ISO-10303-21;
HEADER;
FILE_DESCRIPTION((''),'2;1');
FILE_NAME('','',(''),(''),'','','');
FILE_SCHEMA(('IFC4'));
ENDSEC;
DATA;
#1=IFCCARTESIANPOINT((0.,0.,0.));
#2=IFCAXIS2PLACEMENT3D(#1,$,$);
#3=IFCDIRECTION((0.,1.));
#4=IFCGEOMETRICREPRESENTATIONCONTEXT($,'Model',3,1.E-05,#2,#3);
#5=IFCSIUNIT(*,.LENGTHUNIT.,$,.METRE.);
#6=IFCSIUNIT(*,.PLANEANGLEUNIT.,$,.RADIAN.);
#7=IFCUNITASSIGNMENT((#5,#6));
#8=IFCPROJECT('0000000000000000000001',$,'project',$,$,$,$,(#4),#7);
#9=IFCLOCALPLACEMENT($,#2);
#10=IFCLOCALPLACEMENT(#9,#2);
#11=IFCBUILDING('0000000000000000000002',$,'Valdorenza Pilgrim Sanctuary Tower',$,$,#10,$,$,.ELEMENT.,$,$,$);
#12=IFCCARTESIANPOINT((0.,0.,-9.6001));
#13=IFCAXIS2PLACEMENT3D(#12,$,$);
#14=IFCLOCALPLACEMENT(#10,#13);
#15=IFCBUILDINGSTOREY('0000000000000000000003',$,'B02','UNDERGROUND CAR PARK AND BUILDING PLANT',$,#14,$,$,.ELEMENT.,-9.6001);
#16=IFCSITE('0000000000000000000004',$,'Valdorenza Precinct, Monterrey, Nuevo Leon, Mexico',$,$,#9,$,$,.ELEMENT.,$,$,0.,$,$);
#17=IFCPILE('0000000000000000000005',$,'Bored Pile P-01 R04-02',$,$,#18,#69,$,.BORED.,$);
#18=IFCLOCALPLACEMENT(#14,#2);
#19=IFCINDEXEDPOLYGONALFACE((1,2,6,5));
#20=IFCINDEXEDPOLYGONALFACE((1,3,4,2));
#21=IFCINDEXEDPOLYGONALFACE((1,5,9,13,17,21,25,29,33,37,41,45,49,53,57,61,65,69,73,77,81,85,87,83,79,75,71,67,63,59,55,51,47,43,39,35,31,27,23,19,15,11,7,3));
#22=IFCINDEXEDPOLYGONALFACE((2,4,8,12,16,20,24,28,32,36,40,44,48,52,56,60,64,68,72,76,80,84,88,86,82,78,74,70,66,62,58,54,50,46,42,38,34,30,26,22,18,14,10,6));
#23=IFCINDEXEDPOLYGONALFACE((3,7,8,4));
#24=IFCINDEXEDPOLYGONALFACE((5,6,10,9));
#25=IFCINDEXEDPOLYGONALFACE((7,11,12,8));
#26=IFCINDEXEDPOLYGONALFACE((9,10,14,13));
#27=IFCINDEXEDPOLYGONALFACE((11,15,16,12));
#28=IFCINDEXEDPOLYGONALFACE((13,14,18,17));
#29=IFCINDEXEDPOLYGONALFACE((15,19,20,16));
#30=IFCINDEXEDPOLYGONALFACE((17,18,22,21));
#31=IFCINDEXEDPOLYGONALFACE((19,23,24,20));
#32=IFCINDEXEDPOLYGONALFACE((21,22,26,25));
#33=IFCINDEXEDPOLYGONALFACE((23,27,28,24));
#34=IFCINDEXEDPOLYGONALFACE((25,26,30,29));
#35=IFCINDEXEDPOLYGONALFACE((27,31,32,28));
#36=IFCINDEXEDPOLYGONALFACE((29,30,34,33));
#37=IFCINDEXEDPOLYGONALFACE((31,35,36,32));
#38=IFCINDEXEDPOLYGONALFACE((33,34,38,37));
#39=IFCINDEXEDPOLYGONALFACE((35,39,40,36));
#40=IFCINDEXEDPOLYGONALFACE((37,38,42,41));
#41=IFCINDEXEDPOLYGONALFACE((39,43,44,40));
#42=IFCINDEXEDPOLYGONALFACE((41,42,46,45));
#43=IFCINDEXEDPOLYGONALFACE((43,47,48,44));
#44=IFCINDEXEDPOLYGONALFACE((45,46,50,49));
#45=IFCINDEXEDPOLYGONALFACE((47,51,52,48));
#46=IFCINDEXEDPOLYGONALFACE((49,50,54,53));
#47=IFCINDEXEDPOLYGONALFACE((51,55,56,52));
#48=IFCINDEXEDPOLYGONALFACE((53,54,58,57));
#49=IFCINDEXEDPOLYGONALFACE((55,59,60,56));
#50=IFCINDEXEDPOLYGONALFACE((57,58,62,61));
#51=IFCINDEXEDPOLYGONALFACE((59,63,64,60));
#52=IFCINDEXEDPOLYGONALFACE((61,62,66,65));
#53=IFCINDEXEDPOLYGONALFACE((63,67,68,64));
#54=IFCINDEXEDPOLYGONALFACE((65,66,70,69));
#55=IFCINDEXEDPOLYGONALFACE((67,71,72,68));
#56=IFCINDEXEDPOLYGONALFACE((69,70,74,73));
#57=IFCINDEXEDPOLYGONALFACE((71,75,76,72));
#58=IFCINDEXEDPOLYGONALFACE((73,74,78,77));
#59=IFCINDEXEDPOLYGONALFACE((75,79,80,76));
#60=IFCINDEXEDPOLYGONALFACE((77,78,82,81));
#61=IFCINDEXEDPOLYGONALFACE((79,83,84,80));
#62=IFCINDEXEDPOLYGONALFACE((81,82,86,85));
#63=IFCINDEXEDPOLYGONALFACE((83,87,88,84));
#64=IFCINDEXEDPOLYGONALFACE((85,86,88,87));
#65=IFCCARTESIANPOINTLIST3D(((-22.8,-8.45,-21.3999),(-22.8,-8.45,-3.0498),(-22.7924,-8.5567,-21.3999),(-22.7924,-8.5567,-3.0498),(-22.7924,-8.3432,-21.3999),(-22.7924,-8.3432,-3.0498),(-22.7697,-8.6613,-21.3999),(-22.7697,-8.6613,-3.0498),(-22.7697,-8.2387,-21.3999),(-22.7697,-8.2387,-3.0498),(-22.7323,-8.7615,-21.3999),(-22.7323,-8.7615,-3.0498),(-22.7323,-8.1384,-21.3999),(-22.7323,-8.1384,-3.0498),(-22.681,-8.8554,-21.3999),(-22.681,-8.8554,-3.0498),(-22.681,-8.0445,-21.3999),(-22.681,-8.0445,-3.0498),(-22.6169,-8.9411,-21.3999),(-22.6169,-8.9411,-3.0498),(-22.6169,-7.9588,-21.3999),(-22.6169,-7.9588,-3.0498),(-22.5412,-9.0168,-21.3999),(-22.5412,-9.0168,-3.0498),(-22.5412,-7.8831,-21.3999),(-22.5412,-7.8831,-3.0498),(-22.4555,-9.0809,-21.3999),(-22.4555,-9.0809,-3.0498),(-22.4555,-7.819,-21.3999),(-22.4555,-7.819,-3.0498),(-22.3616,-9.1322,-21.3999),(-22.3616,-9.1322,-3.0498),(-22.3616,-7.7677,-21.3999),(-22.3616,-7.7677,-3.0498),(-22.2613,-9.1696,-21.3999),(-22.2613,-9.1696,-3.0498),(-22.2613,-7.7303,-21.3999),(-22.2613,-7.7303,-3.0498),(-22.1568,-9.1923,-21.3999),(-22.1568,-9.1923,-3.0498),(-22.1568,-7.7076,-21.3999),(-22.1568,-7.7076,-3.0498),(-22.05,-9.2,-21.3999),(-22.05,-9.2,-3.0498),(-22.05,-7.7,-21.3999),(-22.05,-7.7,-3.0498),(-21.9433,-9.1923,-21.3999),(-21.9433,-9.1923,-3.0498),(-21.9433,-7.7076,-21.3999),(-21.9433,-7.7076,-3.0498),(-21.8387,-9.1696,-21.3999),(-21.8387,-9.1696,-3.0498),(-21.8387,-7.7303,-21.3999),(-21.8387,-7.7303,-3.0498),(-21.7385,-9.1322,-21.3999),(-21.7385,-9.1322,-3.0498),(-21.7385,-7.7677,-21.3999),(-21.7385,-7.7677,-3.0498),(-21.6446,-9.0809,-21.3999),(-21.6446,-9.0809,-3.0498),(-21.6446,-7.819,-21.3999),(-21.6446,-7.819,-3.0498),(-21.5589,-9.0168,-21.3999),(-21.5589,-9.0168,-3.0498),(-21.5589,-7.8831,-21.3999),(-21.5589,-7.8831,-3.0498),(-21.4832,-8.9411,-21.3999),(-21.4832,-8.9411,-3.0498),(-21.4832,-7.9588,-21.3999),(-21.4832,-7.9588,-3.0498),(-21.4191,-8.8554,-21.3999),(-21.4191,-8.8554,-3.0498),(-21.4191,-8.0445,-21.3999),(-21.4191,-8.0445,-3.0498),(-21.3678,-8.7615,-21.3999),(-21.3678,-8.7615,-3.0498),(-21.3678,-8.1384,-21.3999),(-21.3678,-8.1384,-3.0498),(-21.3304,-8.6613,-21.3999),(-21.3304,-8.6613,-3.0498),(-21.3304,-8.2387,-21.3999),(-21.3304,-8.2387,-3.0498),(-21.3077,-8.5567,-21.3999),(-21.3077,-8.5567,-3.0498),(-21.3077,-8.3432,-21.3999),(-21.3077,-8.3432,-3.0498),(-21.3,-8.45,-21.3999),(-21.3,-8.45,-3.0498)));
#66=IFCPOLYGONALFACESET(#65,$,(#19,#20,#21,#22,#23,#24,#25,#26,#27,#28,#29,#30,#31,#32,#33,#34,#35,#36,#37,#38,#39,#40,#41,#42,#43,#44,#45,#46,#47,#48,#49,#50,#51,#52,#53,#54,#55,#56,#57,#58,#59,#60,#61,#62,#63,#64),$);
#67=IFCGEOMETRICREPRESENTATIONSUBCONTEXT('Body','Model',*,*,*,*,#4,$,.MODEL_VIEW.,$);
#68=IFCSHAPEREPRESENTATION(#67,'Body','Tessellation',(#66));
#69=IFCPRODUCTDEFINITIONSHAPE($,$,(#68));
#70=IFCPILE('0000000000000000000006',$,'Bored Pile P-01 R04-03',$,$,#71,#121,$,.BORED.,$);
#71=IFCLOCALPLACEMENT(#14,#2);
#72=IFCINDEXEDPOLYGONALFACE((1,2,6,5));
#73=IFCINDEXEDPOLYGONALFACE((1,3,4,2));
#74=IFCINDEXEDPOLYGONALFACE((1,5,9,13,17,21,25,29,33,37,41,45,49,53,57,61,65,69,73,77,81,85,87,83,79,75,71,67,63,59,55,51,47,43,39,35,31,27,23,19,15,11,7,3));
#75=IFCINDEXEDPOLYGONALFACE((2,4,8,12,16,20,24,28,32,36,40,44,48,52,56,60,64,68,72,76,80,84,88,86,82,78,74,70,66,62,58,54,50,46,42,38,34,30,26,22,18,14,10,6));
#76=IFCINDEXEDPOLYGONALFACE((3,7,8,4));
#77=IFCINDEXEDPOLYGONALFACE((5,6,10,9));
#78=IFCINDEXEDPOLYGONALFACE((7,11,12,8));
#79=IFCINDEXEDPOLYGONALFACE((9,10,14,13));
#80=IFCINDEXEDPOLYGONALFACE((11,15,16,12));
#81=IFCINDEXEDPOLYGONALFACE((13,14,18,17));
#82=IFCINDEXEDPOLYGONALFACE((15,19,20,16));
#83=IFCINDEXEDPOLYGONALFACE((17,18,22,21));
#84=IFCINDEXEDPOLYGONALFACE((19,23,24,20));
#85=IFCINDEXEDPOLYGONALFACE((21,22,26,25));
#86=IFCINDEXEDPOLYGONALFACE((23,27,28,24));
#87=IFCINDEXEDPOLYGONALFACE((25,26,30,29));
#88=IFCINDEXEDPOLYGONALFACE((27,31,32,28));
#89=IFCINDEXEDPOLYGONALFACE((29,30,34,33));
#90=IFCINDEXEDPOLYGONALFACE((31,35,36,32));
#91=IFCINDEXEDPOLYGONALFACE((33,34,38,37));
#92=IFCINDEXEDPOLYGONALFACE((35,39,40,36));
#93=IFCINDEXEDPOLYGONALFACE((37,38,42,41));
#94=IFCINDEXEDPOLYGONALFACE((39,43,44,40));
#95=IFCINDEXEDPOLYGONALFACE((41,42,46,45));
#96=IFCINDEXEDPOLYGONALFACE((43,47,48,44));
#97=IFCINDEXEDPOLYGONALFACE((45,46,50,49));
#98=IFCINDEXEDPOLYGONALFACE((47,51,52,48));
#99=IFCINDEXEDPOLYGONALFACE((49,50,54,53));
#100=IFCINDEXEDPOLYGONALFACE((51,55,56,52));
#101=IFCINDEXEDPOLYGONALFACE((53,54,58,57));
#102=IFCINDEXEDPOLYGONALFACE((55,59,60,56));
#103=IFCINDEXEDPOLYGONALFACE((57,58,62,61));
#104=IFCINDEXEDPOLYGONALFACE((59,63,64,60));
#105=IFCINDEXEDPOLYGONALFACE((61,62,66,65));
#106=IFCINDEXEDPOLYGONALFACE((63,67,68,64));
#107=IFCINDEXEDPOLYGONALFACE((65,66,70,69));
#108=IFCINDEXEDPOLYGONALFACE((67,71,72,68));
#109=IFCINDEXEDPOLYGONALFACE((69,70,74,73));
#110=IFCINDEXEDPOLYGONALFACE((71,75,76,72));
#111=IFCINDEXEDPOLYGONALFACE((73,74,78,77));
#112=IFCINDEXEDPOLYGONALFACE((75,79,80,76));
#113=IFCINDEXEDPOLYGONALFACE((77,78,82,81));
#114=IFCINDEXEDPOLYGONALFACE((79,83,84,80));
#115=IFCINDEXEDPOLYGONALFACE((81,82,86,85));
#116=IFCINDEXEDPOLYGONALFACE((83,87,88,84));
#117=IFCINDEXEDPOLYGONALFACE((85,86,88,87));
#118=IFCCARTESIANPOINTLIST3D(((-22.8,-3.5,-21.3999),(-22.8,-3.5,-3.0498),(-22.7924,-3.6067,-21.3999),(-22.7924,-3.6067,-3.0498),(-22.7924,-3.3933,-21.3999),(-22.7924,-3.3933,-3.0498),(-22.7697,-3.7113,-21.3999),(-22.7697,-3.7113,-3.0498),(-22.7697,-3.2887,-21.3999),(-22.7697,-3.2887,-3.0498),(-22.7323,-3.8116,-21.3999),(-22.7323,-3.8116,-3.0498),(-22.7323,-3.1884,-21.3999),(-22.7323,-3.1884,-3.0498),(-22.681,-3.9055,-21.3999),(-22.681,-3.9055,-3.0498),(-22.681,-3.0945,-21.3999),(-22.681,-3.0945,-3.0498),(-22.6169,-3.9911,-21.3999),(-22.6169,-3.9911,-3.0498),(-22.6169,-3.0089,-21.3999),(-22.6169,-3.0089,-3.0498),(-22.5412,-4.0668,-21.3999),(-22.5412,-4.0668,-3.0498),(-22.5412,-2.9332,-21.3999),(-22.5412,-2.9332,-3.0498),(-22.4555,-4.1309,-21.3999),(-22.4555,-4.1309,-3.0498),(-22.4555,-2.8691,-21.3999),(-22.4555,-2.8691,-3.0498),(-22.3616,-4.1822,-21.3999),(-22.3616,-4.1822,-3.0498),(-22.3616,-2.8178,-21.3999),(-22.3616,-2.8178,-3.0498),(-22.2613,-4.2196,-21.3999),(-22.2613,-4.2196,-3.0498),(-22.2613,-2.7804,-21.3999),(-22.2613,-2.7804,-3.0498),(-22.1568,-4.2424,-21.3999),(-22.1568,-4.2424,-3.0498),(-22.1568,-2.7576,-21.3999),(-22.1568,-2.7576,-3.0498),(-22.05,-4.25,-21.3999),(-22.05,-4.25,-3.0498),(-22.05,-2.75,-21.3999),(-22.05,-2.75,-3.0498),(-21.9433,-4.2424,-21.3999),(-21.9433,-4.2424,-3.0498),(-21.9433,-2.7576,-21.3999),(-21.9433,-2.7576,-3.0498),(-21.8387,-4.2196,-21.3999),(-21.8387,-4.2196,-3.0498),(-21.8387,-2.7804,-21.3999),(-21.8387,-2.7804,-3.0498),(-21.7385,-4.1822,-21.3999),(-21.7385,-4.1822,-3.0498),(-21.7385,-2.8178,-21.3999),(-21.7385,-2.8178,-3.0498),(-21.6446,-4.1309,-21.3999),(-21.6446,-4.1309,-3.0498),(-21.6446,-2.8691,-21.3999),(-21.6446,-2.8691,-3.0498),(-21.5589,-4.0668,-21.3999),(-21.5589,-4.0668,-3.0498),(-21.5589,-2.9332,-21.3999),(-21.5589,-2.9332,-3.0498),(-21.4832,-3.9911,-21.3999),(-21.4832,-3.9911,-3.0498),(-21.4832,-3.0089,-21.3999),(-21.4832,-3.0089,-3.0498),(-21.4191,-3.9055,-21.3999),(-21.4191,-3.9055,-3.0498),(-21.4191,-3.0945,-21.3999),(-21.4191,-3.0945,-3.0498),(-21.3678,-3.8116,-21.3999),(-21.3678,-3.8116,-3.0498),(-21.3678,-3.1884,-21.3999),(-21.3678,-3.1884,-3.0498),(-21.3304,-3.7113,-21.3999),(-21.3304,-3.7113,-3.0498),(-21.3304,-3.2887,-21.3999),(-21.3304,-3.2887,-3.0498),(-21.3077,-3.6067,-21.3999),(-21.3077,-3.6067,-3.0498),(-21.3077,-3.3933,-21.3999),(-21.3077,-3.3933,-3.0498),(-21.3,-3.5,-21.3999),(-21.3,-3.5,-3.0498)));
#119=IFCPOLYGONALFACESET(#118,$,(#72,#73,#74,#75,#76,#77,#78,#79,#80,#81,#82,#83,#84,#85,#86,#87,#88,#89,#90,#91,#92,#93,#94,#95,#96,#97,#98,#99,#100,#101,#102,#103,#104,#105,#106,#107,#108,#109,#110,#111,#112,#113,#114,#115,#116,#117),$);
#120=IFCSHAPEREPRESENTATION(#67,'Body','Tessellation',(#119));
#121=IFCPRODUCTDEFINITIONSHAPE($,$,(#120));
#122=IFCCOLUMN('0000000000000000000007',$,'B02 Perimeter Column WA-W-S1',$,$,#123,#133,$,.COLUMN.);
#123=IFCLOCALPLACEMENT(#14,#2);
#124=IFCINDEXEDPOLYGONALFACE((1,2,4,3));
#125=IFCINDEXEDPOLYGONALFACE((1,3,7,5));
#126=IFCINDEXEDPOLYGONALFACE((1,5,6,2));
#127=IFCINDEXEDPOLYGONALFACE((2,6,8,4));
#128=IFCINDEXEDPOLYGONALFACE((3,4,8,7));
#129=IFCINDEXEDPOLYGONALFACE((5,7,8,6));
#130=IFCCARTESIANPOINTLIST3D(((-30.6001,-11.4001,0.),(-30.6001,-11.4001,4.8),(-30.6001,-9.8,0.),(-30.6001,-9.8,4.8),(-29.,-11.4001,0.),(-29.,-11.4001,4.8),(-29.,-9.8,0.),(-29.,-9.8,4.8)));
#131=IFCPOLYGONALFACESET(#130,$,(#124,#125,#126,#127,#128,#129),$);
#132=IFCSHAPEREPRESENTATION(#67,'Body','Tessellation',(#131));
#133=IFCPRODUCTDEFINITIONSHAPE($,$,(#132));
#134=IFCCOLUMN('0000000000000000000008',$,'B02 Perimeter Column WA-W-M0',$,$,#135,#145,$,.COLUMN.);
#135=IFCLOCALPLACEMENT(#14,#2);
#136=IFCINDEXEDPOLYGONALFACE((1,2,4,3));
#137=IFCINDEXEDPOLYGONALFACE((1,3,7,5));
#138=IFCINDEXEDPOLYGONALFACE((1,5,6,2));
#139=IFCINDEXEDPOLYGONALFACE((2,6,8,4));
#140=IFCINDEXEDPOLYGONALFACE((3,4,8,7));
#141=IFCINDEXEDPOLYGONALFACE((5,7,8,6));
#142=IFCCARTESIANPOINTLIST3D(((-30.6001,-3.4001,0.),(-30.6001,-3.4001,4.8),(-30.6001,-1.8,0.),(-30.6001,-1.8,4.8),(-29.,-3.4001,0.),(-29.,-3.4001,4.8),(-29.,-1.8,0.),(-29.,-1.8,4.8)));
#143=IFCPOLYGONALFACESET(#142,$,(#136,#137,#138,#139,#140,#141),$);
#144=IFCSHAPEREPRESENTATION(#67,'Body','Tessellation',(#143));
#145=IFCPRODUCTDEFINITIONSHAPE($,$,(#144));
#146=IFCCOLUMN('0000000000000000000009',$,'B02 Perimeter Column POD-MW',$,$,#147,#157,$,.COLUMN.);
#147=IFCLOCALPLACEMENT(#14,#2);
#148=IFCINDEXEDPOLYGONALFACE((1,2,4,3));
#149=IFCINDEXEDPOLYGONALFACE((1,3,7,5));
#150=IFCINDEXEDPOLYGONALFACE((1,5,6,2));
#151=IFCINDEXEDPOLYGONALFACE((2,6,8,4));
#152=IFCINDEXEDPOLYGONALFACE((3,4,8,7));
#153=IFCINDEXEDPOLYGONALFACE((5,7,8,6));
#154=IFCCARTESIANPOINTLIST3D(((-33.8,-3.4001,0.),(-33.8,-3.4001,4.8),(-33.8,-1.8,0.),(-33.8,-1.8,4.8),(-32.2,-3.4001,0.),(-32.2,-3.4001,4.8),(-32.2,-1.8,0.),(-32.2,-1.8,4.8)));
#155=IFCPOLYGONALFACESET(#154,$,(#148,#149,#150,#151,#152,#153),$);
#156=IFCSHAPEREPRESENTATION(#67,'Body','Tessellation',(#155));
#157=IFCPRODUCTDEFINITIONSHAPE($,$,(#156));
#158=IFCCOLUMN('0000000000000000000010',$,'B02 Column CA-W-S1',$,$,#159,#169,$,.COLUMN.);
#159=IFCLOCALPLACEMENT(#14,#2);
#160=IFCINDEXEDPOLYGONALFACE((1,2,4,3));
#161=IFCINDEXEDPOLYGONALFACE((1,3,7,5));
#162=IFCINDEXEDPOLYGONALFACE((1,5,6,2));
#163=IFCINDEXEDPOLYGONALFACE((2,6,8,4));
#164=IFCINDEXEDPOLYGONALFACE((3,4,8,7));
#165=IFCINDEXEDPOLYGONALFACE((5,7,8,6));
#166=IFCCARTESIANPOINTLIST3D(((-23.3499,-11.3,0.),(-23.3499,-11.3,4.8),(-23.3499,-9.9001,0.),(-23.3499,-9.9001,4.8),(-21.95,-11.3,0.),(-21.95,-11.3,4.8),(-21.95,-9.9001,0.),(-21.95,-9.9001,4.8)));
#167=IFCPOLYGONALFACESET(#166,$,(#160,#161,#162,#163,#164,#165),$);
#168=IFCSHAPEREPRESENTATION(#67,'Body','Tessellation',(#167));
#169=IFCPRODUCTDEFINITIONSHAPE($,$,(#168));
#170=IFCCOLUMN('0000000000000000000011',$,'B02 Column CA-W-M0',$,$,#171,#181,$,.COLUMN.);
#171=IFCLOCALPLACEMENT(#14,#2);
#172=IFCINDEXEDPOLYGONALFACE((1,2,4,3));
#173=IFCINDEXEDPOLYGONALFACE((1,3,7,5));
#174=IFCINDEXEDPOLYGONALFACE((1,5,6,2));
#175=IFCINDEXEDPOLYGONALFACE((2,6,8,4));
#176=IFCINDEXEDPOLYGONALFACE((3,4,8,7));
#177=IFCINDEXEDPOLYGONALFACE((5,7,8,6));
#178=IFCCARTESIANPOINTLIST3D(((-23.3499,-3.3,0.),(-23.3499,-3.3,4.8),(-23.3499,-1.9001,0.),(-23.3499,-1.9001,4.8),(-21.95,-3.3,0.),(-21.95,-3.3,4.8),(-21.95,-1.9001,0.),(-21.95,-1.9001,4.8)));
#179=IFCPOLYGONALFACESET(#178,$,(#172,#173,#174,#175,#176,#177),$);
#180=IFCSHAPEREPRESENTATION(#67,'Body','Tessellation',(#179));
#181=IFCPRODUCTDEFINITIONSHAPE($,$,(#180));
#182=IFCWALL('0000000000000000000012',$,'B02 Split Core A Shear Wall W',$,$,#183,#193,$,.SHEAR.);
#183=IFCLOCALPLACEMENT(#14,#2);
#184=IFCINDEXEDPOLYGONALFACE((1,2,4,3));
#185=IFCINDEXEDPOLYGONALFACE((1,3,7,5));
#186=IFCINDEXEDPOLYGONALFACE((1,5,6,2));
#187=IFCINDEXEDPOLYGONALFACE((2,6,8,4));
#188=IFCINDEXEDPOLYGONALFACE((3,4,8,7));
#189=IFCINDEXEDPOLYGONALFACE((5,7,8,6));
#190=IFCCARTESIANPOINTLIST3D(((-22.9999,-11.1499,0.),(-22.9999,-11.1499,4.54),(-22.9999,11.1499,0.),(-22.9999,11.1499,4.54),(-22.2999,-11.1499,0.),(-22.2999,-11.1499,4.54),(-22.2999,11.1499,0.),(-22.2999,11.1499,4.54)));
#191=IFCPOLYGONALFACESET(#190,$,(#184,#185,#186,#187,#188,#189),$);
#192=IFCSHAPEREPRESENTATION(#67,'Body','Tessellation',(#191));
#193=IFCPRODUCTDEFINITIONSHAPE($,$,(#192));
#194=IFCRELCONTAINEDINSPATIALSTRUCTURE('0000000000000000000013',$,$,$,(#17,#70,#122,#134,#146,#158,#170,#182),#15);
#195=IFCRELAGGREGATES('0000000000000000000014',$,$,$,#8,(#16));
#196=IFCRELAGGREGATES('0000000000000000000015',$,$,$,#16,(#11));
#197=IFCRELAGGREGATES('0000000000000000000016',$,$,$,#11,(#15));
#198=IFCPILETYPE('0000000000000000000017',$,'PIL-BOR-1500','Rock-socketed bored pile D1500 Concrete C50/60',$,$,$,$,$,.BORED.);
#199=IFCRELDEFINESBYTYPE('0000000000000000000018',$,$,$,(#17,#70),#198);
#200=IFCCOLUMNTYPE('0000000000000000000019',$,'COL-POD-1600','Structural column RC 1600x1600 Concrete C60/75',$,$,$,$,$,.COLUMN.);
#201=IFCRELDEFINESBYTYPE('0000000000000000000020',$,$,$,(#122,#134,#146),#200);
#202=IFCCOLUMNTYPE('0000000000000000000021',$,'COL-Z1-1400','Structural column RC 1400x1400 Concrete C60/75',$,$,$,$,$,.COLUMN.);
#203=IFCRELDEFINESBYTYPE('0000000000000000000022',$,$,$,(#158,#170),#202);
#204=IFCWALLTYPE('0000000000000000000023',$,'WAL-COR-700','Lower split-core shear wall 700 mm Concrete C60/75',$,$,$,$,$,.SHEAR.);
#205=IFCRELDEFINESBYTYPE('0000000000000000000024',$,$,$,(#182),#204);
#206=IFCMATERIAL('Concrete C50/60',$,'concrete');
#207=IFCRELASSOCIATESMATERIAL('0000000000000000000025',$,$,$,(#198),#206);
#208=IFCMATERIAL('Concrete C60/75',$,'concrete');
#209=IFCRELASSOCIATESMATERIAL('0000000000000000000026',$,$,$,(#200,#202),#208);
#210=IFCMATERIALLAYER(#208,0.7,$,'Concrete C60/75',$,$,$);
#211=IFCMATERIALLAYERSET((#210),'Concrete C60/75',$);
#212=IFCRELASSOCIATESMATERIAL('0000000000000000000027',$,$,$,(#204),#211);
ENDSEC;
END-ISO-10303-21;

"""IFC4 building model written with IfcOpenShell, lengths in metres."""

from ifc_helpers import new_model, si_unit, direction, frame, frame_2d, origin, origin_2d, place, context, subcontext, project, spatial, rectangle, circle, extrude, source, transform, mapped, material, layer, layer_set, material_profile, profile_set, type_object, element, save


model = new_model("IFC4")

# Units and contexts
model_context = context("Model", 3, precision=1e-05, world=origin(), true_north=direction((0.0, 1.0)))
body_context = subcontext(model_context, "Body", "Model", "MODEL_VIEW")
ifc_project = project(units=[si_unit("LENGTHUNIT", "METRE"), si_unit("PLANEANGLEUNIT", "RADIAN")], contexts=[model_context])

# Site, building, storey
site_placement = place(None, origin())
site = spatial("IfcSite", under=ifc_project, at=site_placement, Name="Valdorenza Precinct, Monterrey, Nuevo Leon, Mexico", CompositionType="ELEMENT", RefElevation=0.0)
building_placement = place(site_placement, origin())
building = spatial("IfcBuilding", under=site, at=building_placement, Name="Valdorenza Pilgrim Sanctuary Tower", CompositionType="ELEMENT")
storey_placement = place(building_placement, frame((0.0, 0.0, -9.6001)))
storey = spatial("IfcBuildingStorey", under=building, at=storey_placement, Name="B02", Description="UNDERGROUND CAR PARK AND BUILDING PLANT", CompositionType="ELEMENT", Elevation=-9.6001)

# Piles
ifc_material_1 = material(Name="Concrete C50/60", Category="concrete")
ifc_material_profile_1 = material_profile(ifc_material_1, circle(Radius=0.75, at=origin_2d()), Name="BORED PILE 1500")
ifc_profile_set_1 = profile_set([ifc_material_profile_1], Name="Concrete C50/60")
pile_type = type_object("IfcPileType", Name="PIL-BOR-1500", Description="Rock-socketed bored pile D1500 Concrete C50/60", PredefinedType="BORED", material=ifc_profile_set_1)
shared_shape_1 = source(origin(), body_context, "Body", "SweptSolid", [
    extrude(circle(Radius=0.75, at=origin_2d()), origin(), (0.0, 0.0, 1.0), 18.3501),
])
for number, where, z_axis, x_axis, name in (
    (1, (-22.05, -8.45, -3.0498), (0.0, 0.0, -1.0), (1.0, 0.0, 0.0), "Bored Pile P-01 R04-02"),
    (2, (-22.05, -3.5, -3.0498), (0.0, 0.0, -1.0), (1.0, 0.0, 0.0), "Bored Pile P-01 R04-03"),
):
    element("IfcPile", number, at=place(storey_placement, frame(where, z_axis=z_axis, x_axis=x_axis)), inside=storey, type_object=pile_type, Name=name, PredefinedType="BORED", context=body_context, shape_type="MappedRepresentation", body=[
        mapped(shared_shape_1, transform((0.0, 0.0, 0.0), x_axis=(1.0, 0.0, 0.0), y_axis=(0.0, 1.0, 0.0), z_axis=(0.0, 0.0, 1.0), scale=1.0)),
    ])

# Columns
ifc_material_2 = material(Name="Concrete C60/75", Category="concrete")
ifc_material_profile_2 = material_profile(ifc_material_2, rectangle(XDim=1.6001, YDim=1.6001, at=origin_2d()), Name="RC 1600x1600")
ifc_profile_set_2 = profile_set([ifc_material_profile_2], Name="Concrete C60/75")
column_type_1 = type_object("IfcColumnType", Name="COL-POD-1600", Description="Structural column RC 1600x1600 Concrete C60/75", PredefinedType="COLUMN", material=ifc_profile_set_2)
shared_shape_2 = source(origin(), body_context, "Body", "SweptSolid", [
    extrude(rectangle(XDim=1.6001, YDim=1.6001, at=origin_2d()), origin(), (0.0, 0.0, 1.0), 4.8),
])
for number, where, z_axis, x_axis, name in (
    (3, (-29.8, -10.6001, 0.0), (0.0, 0.0, 1.0), (1.0, 0.0, 0.0), "B02 Perimeter Column WA-W-S1"),
    (4, (-29.8, -2.6001, 0.0), (0.0, 0.0, 1.0), (1.0, 0.0, 0.0), "B02 Perimeter Column WA-W-M0"),
    (5, (-33.0, -2.6001, 0.0), (0.0, 0.0, 1.0), (1.0, 0.0, 0.0), "B02 Perimeter Column POD-MW"),
):
    element("IfcColumn", number, at=place(storey_placement, frame(where, z_axis=z_axis, x_axis=x_axis)), inside=storey, type_object=column_type_1, Name=name, PredefinedType="COLUMN", context=body_context, shape_type="MappedRepresentation", body=[
        mapped(shared_shape_2, transform((0.0, 0.0, 0.0), x_axis=(1.0, 0.0, 0.0), y_axis=(0.0, 1.0, 0.0), z_axis=(0.0, 0.0, 1.0), scale=1.0)),
    ])
ifc_material_profile_3 = material_profile(ifc_material_2, rectangle(XDim=1.3999, YDim=1.3999, at=origin_2d()), Name="RC 1400x1400")
ifc_profile_set_3 = profile_set([ifc_material_profile_3], Name="Concrete C60/75")
column_type_2 = type_object("IfcColumnType", Name="COL-Z1-1400", Description="Structural column RC 1400x1400 Concrete C60/75", PredefinedType="COLUMN", material=ifc_profile_set_3)
shared_shape_3 = source(origin(), body_context, "Body", "SweptSolid", [
    extrude(rectangle(XDim=1.3999, YDim=1.3999, at=origin_2d()), origin(), (0.0, 0.0, 1.0), 4.8),
])
for number, where, z_axis, x_axis, name in (
    (6, (-22.6499, -10.6001, 0.0), (0.0, 0.0, 1.0), (1.0, 0.0, 0.0), "B02 Column CA-W-S1"),
    (7, (-22.6499, -2.6001, 0.0), (0.0, 0.0, 1.0), (1.0, 0.0, 0.0), "B02 Column CA-W-M0"),
):
    element("IfcColumn", number, at=place(storey_placement, frame(where, z_axis=z_axis, x_axis=x_axis)), inside=storey, type_object=column_type_2, Name=name, PredefinedType="COLUMN", context=body_context, shape_type="MappedRepresentation", body=[
        mapped(shared_shape_3, transform((0.0, 0.0, 0.0), x_axis=(1.0, 0.0, 0.0), y_axis=(0.0, 1.0, 0.0), z_axis=(0.0, 0.0, 1.0), scale=1.0)),
    ])

# Wall
ifc_layer_1 = layer(ifc_material_2, 0.7, Name="Concrete C60/75")
ifc_layer_set_1 = layer_set([ifc_layer_1], Name="Concrete C60/75")
wall_type_1 = type_object("IfcWallType", Name="WAL-COR-700", Description="Lower split-core shear wall 700 mm Concrete C60/75", PredefinedType="SHEAR", material=ifc_layer_set_1)
wall_1_placement = place(storey_placement, frame((-22.6499, -11.1499, 0.0), z_axis=(0.0, 0.0, 1.0), x_axis=(0.0, 1.0, 0.0)))
element("IfcWall", 8, at=wall_1_placement, inside=storey, type_object=wall_type_1, Name="B02 Split Core A Shear Wall W", PredefinedType="SHEAR", context=body_context, shape_type="SweptSolid", body=[
    extrude(rectangle(XDim=22.2998, YDim=0.7, at=frame_2d((11.1499, 0.0))), origin(), (0.0, 0.0, 1.0), 4.54),
])

save(model, "model.ifc")
